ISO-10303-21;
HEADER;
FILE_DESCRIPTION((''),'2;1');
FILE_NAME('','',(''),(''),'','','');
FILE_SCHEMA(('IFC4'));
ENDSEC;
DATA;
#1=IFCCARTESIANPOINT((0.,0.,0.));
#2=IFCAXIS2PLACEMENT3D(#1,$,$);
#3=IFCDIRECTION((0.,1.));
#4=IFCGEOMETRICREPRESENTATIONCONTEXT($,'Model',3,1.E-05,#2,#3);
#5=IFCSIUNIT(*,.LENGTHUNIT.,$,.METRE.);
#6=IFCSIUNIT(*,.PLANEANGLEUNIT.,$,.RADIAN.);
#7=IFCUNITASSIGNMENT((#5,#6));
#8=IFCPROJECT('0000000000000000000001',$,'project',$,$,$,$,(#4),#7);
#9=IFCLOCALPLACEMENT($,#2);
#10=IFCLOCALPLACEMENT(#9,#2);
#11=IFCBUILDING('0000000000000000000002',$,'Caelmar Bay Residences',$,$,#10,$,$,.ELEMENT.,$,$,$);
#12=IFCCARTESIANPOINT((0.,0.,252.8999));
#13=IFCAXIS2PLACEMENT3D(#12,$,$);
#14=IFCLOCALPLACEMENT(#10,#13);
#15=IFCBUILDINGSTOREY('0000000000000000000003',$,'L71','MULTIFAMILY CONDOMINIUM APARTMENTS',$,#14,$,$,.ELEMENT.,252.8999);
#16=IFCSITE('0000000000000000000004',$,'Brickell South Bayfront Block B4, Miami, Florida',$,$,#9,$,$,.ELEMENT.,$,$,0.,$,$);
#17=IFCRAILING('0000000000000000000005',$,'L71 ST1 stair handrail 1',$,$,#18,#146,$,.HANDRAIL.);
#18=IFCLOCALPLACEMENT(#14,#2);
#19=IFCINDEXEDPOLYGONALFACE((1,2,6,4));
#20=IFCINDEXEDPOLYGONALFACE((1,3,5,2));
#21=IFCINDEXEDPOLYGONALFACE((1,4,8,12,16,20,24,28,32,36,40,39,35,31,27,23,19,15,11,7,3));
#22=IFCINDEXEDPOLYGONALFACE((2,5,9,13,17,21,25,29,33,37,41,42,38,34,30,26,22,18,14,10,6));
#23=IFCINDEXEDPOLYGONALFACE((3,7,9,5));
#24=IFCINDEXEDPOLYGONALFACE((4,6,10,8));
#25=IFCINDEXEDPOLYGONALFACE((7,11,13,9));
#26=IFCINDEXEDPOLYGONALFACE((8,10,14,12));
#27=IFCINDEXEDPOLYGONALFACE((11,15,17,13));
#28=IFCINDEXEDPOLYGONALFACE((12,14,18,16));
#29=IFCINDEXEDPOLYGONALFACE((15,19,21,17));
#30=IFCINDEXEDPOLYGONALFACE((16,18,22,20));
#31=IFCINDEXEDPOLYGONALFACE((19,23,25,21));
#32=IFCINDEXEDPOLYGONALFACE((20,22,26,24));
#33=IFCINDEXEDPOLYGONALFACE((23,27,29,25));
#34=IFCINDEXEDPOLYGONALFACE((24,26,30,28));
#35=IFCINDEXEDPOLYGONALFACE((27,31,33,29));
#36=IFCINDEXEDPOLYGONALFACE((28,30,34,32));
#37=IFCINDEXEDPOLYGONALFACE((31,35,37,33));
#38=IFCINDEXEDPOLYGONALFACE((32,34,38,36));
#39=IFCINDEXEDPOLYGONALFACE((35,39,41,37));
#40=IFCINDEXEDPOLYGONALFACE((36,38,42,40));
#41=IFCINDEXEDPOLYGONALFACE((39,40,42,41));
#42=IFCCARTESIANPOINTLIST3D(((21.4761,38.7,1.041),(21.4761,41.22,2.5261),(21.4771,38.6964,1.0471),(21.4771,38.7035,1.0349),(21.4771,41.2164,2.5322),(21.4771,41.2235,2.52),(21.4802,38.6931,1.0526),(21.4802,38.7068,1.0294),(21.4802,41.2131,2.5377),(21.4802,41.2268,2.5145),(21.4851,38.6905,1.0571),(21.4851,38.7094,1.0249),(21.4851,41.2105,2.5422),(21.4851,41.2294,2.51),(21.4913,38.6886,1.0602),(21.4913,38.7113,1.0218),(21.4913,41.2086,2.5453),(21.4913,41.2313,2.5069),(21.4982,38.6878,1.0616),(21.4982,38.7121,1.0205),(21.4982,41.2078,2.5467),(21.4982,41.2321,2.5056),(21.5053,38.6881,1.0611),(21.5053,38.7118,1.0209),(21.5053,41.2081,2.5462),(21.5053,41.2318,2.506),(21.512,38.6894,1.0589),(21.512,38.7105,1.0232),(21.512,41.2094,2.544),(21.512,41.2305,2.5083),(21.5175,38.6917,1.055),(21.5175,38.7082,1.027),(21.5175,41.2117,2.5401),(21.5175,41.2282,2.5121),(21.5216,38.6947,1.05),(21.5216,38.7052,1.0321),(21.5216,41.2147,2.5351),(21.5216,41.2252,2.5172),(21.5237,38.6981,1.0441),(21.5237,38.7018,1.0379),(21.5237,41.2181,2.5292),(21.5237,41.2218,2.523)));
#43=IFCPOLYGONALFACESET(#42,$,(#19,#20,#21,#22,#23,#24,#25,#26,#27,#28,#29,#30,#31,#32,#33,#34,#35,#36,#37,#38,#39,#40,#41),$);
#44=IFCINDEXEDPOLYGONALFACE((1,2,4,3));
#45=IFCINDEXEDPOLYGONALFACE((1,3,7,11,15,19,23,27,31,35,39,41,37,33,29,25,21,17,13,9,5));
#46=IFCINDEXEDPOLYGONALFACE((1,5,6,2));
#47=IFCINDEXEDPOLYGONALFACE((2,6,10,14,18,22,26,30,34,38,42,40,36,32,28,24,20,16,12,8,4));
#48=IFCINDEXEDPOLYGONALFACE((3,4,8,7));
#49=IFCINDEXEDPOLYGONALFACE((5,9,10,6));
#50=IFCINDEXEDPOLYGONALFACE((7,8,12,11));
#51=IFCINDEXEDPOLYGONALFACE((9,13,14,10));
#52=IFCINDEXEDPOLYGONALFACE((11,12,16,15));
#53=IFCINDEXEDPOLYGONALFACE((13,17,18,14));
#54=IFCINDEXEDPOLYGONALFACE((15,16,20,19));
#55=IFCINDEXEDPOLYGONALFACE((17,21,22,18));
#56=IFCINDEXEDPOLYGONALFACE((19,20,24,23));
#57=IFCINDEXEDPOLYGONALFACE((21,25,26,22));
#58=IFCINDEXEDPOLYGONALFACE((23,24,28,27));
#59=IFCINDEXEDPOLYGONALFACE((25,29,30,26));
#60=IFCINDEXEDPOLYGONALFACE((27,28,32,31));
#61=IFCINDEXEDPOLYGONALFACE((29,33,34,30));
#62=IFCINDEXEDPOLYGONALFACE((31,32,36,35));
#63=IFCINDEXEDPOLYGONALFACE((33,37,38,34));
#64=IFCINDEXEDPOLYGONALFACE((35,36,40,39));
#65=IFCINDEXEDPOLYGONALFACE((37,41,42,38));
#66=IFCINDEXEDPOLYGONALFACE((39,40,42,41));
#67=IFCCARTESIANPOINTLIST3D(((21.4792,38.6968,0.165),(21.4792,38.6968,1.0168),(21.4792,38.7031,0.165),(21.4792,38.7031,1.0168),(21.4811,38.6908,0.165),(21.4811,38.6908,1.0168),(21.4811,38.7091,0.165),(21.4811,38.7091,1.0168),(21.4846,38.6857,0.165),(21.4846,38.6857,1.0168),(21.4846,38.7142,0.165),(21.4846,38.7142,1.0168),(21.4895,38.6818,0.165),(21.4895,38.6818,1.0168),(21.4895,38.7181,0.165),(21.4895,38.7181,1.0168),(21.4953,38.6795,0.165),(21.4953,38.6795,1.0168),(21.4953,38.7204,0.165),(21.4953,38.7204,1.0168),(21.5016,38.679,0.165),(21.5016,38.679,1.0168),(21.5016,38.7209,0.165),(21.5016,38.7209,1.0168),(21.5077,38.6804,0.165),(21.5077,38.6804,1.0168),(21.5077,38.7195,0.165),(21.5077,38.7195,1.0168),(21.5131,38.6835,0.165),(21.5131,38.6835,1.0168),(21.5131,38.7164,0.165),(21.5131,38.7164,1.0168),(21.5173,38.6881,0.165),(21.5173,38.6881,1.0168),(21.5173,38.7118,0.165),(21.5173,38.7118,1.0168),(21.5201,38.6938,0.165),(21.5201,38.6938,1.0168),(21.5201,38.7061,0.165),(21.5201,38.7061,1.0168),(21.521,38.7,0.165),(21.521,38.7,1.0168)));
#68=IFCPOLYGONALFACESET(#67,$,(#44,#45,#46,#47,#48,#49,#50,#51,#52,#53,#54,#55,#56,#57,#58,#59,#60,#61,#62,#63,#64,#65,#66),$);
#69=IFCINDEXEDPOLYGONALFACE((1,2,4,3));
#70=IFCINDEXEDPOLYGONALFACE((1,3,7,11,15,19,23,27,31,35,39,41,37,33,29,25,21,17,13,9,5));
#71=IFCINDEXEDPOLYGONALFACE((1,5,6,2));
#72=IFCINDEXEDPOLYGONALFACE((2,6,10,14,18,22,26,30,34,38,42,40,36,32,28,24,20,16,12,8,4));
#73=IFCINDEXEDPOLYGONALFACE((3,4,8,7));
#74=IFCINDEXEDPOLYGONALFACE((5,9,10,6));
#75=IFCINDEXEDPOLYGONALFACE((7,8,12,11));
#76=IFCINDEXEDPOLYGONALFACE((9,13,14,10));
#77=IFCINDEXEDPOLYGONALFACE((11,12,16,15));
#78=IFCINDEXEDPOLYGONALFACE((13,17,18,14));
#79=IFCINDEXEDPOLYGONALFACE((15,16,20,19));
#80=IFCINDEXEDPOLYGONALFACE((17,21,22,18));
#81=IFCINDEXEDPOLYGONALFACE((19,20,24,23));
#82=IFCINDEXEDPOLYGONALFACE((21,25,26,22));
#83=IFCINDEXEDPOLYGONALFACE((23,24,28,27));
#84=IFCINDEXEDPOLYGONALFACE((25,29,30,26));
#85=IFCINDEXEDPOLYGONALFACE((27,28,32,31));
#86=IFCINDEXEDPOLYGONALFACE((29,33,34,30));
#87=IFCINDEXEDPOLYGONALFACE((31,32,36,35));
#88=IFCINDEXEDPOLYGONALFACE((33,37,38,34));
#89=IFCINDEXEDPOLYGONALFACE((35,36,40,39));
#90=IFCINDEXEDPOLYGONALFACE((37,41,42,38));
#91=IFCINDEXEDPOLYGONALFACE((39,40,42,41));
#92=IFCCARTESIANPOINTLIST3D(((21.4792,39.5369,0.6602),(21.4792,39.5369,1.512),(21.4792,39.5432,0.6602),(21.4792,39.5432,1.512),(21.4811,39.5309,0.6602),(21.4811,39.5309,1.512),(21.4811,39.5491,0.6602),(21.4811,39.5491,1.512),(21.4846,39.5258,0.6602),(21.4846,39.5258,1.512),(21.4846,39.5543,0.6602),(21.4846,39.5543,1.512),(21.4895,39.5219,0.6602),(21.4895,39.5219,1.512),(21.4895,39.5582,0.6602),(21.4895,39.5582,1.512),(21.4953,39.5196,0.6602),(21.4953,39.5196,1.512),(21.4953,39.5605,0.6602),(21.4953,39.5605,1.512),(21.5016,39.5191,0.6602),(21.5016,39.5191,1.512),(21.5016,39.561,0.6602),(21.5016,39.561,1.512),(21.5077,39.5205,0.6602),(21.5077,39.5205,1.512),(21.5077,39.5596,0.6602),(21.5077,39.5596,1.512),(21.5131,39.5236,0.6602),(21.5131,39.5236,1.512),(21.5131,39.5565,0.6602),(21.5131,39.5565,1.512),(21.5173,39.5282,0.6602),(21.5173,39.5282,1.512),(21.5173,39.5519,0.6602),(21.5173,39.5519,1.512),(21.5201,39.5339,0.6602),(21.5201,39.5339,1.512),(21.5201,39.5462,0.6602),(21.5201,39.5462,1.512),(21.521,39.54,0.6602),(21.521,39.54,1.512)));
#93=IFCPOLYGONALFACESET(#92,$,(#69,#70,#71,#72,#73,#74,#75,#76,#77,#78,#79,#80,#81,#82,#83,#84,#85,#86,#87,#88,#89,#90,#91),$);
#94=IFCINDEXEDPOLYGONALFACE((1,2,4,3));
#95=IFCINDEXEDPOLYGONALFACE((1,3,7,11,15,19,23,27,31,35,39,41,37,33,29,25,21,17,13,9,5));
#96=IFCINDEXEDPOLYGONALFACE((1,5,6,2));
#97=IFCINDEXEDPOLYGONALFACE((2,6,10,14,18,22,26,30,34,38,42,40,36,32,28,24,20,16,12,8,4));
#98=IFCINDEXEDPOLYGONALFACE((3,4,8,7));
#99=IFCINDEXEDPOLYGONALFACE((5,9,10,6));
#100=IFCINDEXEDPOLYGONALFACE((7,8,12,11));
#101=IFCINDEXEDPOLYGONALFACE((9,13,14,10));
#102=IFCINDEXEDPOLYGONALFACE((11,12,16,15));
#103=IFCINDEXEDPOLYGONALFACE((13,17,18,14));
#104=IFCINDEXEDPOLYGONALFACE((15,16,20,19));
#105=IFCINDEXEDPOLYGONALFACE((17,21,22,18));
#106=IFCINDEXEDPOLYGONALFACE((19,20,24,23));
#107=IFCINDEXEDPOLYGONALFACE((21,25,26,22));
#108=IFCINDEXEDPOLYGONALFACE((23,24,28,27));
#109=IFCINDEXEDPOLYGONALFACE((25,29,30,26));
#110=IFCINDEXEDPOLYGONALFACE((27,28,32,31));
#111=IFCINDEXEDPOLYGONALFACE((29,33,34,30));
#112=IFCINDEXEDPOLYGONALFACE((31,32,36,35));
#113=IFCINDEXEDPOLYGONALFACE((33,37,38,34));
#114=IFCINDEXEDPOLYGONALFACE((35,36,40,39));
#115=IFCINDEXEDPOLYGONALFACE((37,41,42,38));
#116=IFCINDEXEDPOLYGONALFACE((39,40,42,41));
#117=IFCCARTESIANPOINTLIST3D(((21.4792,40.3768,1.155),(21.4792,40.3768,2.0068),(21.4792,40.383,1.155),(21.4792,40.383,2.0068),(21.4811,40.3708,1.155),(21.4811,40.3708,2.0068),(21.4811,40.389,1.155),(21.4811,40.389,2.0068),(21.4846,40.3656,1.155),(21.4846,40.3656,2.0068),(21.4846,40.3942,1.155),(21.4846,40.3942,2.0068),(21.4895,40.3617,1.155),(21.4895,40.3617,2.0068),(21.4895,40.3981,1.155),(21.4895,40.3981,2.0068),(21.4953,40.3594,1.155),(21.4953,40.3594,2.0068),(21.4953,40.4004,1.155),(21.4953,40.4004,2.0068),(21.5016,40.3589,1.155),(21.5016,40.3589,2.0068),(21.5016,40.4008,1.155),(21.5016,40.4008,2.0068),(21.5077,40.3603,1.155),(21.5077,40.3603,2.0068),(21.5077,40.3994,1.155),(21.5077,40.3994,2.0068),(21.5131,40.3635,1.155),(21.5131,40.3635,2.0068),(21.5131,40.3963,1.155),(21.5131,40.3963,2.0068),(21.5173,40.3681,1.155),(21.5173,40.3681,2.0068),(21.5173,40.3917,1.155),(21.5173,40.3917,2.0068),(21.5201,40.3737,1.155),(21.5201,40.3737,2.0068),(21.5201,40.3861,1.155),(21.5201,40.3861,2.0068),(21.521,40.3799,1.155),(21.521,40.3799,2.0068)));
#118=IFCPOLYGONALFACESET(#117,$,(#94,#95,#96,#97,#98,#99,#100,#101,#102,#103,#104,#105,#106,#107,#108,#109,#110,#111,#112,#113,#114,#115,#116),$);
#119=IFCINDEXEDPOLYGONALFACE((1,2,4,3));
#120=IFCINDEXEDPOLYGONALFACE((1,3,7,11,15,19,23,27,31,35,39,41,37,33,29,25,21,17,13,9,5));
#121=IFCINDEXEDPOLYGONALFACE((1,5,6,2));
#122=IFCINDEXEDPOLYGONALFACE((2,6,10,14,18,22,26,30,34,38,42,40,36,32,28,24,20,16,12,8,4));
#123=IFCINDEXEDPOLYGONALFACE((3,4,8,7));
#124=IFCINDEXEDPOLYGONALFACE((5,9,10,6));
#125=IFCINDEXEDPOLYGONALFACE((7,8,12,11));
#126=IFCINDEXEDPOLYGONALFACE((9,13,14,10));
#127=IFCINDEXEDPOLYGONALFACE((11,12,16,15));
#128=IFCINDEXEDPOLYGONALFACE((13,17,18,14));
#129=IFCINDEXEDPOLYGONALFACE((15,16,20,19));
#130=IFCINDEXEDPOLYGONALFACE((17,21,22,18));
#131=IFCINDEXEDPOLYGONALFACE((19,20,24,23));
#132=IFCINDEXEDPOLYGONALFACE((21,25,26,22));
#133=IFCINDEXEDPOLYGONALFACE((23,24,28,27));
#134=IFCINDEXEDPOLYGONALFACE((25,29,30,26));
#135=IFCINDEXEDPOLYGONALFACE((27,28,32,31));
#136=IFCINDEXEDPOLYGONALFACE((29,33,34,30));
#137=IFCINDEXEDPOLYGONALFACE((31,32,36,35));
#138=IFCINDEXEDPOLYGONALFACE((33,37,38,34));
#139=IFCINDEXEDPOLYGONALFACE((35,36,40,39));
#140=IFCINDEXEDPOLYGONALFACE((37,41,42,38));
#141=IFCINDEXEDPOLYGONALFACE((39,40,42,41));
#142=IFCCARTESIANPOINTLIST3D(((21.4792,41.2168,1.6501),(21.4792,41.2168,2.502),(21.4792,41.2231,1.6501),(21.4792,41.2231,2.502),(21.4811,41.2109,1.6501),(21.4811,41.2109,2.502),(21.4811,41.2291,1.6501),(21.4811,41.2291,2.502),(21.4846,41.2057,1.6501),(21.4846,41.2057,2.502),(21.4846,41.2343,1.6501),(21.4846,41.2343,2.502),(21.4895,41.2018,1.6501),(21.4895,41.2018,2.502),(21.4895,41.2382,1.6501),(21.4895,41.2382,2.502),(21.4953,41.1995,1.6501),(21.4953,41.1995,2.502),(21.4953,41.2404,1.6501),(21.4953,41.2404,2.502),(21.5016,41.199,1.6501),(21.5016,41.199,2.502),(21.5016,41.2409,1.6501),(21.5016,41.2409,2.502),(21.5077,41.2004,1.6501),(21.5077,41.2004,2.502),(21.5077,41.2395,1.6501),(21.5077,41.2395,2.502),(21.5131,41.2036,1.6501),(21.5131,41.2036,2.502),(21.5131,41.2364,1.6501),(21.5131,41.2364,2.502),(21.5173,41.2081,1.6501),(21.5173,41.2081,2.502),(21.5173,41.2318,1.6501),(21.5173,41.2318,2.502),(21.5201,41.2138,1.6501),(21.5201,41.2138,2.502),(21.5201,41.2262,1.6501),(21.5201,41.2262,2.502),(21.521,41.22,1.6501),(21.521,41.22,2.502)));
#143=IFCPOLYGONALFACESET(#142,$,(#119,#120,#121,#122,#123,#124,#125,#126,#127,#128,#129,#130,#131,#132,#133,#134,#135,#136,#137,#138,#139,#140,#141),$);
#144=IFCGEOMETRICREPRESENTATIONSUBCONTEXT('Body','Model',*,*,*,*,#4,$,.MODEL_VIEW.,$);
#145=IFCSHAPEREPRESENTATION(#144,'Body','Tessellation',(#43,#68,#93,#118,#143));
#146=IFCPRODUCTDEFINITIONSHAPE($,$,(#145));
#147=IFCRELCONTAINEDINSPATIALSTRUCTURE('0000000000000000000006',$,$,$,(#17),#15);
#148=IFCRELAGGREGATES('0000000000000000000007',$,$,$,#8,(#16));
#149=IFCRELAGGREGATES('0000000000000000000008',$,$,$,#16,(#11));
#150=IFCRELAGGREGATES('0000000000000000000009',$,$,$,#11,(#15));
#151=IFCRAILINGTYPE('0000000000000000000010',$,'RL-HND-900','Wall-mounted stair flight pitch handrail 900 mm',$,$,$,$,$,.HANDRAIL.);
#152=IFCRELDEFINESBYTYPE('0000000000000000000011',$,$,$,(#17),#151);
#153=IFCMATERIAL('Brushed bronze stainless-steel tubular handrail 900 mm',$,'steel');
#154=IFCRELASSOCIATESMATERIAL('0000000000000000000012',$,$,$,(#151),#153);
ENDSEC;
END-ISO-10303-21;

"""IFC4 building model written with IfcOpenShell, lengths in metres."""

from ifc_helpers import new_model, si_unit, direction, frame, origin, origin_2d, place, context, subcontext, project, spatial, circle, extrude, material, type_object, element, save


model = new_model("IFC4")

# Units and contexts
model_context = context("Model", 3, precision=1e-05, world=origin(), true_north=direction((0.0, 1.0)))
body_context = subcontext(model_context, "Body", "Model", "MODEL_VIEW")
ifc_project = project(units=[si_unit("LENGTHUNIT", "METRE"), si_unit("PLANEANGLEUNIT", "RADIAN")], contexts=[model_context])

# Site, building, storey
site_placement = place(None, origin())
site = spatial("IfcSite", under=ifc_project, at=site_placement, Name="Brickell South Bayfront Block B4, Miami, Florida", CompositionType="ELEMENT", RefElevation=0.0)
building_placement = place(site_placement, origin())
building = spatial("IfcBuilding", under=site, at=building_placement, Name="Caelmar Bay Residences", CompositionType="ELEMENT")
storey_placement = place(building_placement, frame((0.0, 0.0, 252.8999)))
storey = spatial("IfcBuildingStorey", under=building, at=storey_placement, Name="L71", Description="MULTIFAMILY CONDOMINIUM APARTMENTS", CompositionType="ELEMENT", Elevation=252.8999)

# Railing
ifc_material_1 = material(Name="Brushed bronze stainless-steel tubular handrail 900 mm", Category="steel")
railing_type_1 = type_object("IfcRailingType", Name="RL-HND-900", Description="Wall-mounted stair flight pitch handrail 900 mm", PredefinedType="HANDRAIL", material=ifc_material_1)
railing_1_placement = place(storey_placement, frame((21.5, 38.7, 0.165)))
element("IfcRailing", 1, at=railing_1_placement, inside=storey, type_object=railing_type_1, Name="L71 ST1 stair handrail 1", PredefinedType="HANDRAIL", context=body_context, shape_type="SweptSolid", body=[
    extrude(circle(Radius=0.0239, at=origin_2d()), frame((0.0, 0.0, 0.876), z_axis=(0.0, 0.861524, 0.507717), x_axis=(-1.0, 0.0, 0.0)), (0.0, 0.0, 1.0), 2.925),
    extrude(circle(Radius=0.021, at=origin_2d()), origin(), (0.0, 0.0, 1.0), 0.8518),
    extrude(circle(Radius=0.021, at=origin_2d()), frame((0.0, 0.8401, 0.4951)), (0.0, 0.0, 1.0), 0.8518),
    extrude(circle(Radius=0.021, at=origin_2d()), frame((0.0, 1.6799, 0.99)), (0.0, 0.0, 1.0), 0.8518),
    extrude(circle(Radius=0.021, at=origin_2d()), frame((0.0, 2.52, 1.4851)), (0.0, 0.0, 1.0), 0.8518),
])

save(model, "model.ifc")
